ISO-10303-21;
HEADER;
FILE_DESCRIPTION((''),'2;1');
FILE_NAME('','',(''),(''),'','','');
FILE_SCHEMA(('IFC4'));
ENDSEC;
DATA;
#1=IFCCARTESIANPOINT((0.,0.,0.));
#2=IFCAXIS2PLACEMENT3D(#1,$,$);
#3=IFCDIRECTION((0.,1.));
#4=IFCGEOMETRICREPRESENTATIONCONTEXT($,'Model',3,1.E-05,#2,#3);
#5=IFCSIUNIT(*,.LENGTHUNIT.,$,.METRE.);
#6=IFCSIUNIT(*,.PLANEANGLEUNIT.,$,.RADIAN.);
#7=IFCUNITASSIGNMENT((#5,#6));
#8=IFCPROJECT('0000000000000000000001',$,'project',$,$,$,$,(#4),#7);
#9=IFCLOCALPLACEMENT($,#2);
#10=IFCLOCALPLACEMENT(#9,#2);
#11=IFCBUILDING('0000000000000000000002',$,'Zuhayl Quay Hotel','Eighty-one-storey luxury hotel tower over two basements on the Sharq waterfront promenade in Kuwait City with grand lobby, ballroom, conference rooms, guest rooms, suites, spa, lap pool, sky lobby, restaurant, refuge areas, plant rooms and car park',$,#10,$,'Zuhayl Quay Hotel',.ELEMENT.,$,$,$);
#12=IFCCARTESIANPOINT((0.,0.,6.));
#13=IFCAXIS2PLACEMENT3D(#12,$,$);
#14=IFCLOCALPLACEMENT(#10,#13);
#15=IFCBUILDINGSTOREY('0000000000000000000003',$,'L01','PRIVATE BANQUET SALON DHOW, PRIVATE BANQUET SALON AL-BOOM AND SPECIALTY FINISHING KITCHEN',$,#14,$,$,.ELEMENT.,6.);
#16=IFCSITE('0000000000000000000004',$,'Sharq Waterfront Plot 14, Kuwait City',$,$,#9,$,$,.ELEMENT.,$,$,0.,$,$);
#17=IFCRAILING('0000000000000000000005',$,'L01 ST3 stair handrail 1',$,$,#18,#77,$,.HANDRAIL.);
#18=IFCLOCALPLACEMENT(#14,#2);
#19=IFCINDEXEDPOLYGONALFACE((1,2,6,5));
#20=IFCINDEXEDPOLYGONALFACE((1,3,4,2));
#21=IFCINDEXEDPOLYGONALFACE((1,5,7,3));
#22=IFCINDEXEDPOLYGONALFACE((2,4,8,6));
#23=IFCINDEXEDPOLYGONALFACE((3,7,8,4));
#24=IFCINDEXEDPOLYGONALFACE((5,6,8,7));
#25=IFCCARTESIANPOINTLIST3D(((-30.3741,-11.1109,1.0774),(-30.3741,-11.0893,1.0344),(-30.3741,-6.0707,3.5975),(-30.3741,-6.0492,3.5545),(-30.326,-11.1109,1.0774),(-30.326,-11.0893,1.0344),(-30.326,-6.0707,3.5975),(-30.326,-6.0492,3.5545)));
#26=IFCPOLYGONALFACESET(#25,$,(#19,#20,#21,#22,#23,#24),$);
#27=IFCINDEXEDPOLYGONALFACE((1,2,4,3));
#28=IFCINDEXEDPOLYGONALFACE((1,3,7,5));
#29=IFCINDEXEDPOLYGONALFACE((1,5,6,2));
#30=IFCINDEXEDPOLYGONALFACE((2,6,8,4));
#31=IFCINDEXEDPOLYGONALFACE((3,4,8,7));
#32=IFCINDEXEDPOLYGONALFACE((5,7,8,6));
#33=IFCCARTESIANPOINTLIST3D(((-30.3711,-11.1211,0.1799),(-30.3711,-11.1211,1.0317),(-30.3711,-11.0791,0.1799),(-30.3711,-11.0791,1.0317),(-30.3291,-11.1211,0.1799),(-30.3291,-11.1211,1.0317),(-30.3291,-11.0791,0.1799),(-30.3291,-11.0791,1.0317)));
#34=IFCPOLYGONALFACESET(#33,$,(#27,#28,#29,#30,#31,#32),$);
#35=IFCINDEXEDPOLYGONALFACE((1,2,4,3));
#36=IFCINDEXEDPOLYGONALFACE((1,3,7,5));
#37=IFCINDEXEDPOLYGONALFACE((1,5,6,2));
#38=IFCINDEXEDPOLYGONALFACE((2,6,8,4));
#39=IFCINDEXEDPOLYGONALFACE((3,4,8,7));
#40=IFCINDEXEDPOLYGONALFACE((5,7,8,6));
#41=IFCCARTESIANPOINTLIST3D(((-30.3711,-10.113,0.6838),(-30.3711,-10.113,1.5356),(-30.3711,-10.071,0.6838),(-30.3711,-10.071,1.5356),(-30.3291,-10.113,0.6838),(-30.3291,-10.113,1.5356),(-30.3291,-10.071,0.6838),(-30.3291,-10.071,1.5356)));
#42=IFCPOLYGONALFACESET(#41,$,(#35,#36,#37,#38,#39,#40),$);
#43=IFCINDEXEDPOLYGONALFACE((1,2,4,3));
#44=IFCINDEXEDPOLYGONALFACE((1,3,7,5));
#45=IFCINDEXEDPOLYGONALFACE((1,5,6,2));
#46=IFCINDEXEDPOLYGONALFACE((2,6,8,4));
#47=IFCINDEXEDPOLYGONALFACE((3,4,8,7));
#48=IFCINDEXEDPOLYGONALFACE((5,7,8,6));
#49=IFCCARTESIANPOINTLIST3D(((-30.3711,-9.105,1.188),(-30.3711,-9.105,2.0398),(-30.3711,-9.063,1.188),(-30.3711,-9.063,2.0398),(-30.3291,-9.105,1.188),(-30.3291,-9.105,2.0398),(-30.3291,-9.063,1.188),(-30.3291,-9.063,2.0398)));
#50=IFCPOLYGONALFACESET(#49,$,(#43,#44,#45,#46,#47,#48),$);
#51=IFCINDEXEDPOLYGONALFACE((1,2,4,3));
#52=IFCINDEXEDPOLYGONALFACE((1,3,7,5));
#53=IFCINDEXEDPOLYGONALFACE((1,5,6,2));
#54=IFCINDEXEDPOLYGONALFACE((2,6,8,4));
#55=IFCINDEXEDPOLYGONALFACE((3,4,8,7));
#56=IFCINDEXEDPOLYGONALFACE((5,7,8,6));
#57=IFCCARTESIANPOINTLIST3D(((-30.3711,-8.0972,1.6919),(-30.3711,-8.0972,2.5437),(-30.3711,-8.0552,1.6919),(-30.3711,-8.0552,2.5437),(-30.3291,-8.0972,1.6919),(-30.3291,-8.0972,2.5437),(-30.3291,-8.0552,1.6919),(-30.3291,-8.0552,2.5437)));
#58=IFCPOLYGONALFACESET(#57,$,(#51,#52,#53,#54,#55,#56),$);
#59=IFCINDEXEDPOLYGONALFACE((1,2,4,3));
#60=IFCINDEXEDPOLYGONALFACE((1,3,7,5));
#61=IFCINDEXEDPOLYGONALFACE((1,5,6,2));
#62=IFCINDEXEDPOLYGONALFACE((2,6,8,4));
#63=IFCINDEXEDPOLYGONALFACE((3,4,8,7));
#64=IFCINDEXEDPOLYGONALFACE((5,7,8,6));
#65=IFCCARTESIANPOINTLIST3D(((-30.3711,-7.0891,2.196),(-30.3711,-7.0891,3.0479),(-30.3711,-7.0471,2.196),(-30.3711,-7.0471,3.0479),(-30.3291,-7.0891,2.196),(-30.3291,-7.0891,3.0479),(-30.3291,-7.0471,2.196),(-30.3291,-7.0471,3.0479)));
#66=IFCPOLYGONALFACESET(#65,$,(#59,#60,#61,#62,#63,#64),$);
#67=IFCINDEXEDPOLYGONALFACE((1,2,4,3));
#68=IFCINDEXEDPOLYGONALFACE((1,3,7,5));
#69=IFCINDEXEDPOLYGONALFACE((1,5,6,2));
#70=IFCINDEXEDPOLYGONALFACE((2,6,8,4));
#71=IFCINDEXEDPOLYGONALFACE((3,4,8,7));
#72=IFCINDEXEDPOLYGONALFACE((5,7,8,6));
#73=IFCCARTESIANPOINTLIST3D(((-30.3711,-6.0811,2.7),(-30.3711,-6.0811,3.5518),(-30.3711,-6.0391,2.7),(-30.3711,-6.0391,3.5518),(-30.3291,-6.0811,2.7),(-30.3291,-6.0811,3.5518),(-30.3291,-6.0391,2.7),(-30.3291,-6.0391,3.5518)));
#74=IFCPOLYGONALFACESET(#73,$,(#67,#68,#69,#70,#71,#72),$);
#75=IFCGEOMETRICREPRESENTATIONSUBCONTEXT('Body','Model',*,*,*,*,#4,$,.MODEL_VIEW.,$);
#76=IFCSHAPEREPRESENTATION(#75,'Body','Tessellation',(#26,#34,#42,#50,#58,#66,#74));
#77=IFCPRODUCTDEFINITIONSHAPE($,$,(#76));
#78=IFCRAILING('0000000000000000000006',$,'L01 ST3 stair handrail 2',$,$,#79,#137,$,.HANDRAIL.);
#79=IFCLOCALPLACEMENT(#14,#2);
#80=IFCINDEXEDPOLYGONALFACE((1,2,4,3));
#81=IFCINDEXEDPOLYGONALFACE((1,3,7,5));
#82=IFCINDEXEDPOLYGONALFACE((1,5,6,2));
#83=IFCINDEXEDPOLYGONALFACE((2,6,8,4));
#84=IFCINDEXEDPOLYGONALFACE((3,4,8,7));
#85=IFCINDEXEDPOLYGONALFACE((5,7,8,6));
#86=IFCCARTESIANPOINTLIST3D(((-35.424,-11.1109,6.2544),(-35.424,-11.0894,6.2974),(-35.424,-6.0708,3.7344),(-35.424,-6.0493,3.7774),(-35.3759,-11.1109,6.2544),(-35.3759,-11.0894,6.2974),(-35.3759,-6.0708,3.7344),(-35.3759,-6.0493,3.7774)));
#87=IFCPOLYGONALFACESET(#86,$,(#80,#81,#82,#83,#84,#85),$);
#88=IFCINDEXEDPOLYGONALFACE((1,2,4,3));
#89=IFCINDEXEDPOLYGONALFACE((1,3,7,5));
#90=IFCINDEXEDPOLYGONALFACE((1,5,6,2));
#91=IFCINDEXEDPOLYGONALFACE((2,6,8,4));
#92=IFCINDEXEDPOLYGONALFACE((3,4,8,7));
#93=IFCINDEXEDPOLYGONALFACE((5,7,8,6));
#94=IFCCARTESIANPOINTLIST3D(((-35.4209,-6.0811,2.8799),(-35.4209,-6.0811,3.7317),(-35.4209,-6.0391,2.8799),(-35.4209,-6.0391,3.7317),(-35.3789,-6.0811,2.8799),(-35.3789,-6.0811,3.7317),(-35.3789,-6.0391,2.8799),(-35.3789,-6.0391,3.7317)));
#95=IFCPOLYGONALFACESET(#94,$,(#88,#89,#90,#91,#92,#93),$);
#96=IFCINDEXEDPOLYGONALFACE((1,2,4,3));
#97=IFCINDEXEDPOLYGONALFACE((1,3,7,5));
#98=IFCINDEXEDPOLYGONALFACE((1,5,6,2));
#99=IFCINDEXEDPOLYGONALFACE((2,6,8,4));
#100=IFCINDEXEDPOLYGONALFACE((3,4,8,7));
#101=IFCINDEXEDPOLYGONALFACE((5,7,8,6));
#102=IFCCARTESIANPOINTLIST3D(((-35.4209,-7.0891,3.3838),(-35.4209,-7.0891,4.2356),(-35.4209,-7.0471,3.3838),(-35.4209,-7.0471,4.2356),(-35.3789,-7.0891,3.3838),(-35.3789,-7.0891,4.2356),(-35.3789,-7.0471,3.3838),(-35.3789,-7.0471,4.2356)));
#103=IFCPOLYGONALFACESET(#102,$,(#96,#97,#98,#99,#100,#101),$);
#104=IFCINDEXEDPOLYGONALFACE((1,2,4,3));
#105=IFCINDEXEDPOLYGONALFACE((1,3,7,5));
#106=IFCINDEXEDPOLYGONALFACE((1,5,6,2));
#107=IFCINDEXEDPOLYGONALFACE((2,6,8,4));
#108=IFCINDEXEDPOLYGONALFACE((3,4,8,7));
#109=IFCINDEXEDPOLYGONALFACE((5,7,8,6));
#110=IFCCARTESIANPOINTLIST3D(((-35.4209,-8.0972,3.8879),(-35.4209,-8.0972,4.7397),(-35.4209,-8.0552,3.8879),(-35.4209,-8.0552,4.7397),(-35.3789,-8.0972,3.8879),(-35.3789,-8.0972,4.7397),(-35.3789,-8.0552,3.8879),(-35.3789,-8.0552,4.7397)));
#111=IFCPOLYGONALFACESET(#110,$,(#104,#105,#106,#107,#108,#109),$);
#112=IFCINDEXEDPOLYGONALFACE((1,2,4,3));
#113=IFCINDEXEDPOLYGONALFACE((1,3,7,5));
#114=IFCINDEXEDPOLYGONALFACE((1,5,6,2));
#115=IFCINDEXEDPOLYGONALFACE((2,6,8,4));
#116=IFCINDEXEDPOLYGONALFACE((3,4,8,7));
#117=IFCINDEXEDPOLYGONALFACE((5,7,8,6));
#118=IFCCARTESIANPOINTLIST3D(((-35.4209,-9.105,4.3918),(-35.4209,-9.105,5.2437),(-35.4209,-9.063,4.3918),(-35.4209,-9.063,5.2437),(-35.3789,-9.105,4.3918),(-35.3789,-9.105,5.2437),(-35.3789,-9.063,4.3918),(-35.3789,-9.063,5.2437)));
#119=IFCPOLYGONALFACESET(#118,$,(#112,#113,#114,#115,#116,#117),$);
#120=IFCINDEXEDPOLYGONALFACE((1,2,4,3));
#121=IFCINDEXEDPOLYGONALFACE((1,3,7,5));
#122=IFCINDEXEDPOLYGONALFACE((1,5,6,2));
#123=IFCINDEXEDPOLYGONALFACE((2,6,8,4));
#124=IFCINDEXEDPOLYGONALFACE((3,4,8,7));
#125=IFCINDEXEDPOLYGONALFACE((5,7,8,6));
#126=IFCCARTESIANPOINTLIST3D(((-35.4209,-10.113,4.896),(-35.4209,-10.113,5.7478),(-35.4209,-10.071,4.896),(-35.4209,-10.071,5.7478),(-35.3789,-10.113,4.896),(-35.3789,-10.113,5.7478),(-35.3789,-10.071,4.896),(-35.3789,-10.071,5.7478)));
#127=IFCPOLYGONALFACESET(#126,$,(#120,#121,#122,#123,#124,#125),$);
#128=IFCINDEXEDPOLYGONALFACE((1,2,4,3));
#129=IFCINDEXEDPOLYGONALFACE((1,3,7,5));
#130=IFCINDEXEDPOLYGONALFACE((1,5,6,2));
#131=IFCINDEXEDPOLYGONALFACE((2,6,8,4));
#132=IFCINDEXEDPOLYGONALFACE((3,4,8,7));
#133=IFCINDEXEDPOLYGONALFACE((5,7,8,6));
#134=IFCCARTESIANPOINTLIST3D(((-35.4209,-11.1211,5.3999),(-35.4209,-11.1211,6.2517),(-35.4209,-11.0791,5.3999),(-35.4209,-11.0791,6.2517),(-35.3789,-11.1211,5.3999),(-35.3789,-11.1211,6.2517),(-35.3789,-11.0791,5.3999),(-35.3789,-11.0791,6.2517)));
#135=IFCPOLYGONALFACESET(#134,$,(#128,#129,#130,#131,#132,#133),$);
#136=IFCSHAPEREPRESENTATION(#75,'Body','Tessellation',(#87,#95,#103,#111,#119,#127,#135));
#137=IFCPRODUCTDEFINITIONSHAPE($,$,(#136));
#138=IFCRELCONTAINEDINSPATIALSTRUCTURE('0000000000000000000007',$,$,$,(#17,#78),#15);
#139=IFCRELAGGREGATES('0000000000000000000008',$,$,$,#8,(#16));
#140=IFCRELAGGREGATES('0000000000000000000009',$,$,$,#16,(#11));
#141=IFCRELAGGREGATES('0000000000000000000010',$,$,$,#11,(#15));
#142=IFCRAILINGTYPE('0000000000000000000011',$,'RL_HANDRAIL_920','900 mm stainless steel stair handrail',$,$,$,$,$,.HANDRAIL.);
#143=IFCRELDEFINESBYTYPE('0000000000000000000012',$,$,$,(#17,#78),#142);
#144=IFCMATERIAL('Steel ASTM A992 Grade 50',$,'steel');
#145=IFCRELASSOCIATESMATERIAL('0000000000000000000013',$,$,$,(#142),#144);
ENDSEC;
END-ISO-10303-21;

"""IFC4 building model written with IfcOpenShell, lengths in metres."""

from ifc_helpers import new_model, si_unit, direction, frame, origin, origin_2d, place, context, subcontext, project, spatial, rectangle, extrude, material, type_object, element, save


model = new_model("IFC4")

# Units and contexts
model_context = context("Model", 3, precision=1e-05, world=origin(), true_north=direction((0.0, 1.0)))
body_context = subcontext(model_context, "Body", "Model", "MODEL_VIEW")
ifc_project = project(units=[si_unit("LENGTHUNIT", "METRE"), si_unit("PLANEANGLEUNIT", "RADIAN")], contexts=[model_context])

# Site, building, storey
site_placement = place(None, origin())
site = spatial("IfcSite", under=ifc_project, at=site_placement, Name="Sharq Waterfront Plot 14, Kuwait City", CompositionType="ELEMENT", RefElevation=0.0)
building_placement = place(site_placement, origin())
building = spatial("IfcBuilding", under=site, at=building_placement, Name="Zuhayl Quay Hotel", Description="Eighty-one-storey luxury hotel tower over two basements on the Sharq waterfront promenade in Kuwait City with grand lobby, ballroom, conference rooms, guest rooms, suites, spa, lap pool, sky lobby, restaurant, refuge areas, plant rooms and car park", LongName="Zuhayl Quay Hotel", CompositionType="ELEMENT")
storey_placement = place(building_placement, frame((0.0, 0.0, 6.0)))
storey = spatial("IfcBuildingStorey", under=building, at=storey_placement, Name="L01", Description="PRIVATE BANQUET SALON DHOW, PRIVATE BANQUET SALON AL-BOOM AND SPECIALTY FINISHING KITCHEN", CompositionType="ELEMENT", Elevation=6.0)

# Shared definitions
ifc_material_1 = material(Name="Steel ASTM A992 Grade 50", Category="steel")

# Railings
railing_type_1 = type_object("IfcRailingType", Name="RL_HANDRAIL_920", Description="900 mm stainless steel stair handrail", PredefinedType="HANDRAIL", material=ifc_material_1)
railing_1_placement = place(storey_placement, frame((-30.3501, -11.1001, 0.1799)))
element("IfcRailing", 1, at=railing_1_placement, inside=storey, type_object=railing_type_1, Name="L01 ST3 stair handrail 1", PredefinedType="HANDRAIL", context=body_context, shape_type="SweptSolid", body=[
    extrude(rectangle(XDim=0.0481, YDim=0.0481, at=origin_2d()), frame((0.0, 0.0, 0.876), z_axis=(0.0, 0.894427, 0.447214), x_axis=(-1.0, 0.0, 0.0)), (0.0, 0.0, 1.0), 5.635),
    extrude(rectangle(XDim=0.042, YDim=0.042, at=origin_2d()), origin(), (0.0, 0.0, 1.0), 0.8518),
    extrude(rectangle(XDim=0.042, YDim=0.042, at=origin_2d()), frame((0.0, 1.0081, 0.5039)), (0.0, 0.0, 1.0), 0.8518),
    extrude(rectangle(XDim=0.042, YDim=0.042, at=origin_2d()), frame((0.0, 2.0161, 1.0081)), (0.0, 0.0, 1.0), 0.8518),
    extrude(rectangle(XDim=0.042, YDim=0.042, at=origin_2d()), frame((0.0, 3.0239, 1.512)), (0.0, 0.0, 1.0), 0.8518),
    extrude(rectangle(XDim=0.042, YDim=0.042, at=origin_2d()), frame((0.0, 4.032, 2.0161)), (0.0, 0.0, 1.0), 0.8518),
    extrude(rectangle(XDim=0.042, YDim=0.042, at=origin_2d()), frame((0.0, 5.04, 2.52)), (0.0, 0.0, 1.0), 0.8518),
])
railing_2_placement = place(storey_placement, frame((-35.3999, -6.0601, 2.8799)))
element("IfcRailing", 2, at=railing_2_placement, inside=storey, type_object=railing_type_1, Name="L01 ST3 stair handrail 2", PredefinedType="HANDRAIL", context=body_context, shape_type="SweptSolid", body=[
    extrude(rectangle(XDim=0.0481, YDim=0.0481, at=origin_2d()), frame((0.0, 0.0, 0.876), z_axis=(0.0, -0.894427, 0.447214), x_axis=(1.0, 0.0, 0.0)), (0.0, 0.0, 1.0), 5.635),
    extrude(rectangle(XDim=0.042, YDim=0.042, at=origin_2d()), origin(), (0.0, 0.0, 1.0), 0.8518),
    extrude(rectangle(XDim=0.042, YDim=0.042, at=origin_2d()), frame((0.0, -1.0081, 0.5039)), (0.0, 0.0, 1.0), 0.8518),
    extrude(rectangle(XDim=0.042, YDim=0.042, at=origin_2d()), frame((0.0, -2.0161, 1.0081)), (0.0, 0.0, 1.0), 0.8518),
    extrude(rectangle(XDim=0.042, YDim=0.042, at=origin_2d()), frame((0.0, -3.0239, 1.512)), (0.0, 0.0, 1.0), 0.8518),
    extrude(rectangle(XDim=0.042, YDim=0.042, at=origin_2d()), frame((0.0, -4.032, 2.0161)), (0.0, 0.0, 1.0), 0.8518),
    extrude(rectangle(XDim=0.042, YDim=0.042, at=origin_2d()), frame((0.0, -5.04, 2.52)), (0.0, 0.0, 1.0), 0.8518),
])

save(model, "model.ifc")
